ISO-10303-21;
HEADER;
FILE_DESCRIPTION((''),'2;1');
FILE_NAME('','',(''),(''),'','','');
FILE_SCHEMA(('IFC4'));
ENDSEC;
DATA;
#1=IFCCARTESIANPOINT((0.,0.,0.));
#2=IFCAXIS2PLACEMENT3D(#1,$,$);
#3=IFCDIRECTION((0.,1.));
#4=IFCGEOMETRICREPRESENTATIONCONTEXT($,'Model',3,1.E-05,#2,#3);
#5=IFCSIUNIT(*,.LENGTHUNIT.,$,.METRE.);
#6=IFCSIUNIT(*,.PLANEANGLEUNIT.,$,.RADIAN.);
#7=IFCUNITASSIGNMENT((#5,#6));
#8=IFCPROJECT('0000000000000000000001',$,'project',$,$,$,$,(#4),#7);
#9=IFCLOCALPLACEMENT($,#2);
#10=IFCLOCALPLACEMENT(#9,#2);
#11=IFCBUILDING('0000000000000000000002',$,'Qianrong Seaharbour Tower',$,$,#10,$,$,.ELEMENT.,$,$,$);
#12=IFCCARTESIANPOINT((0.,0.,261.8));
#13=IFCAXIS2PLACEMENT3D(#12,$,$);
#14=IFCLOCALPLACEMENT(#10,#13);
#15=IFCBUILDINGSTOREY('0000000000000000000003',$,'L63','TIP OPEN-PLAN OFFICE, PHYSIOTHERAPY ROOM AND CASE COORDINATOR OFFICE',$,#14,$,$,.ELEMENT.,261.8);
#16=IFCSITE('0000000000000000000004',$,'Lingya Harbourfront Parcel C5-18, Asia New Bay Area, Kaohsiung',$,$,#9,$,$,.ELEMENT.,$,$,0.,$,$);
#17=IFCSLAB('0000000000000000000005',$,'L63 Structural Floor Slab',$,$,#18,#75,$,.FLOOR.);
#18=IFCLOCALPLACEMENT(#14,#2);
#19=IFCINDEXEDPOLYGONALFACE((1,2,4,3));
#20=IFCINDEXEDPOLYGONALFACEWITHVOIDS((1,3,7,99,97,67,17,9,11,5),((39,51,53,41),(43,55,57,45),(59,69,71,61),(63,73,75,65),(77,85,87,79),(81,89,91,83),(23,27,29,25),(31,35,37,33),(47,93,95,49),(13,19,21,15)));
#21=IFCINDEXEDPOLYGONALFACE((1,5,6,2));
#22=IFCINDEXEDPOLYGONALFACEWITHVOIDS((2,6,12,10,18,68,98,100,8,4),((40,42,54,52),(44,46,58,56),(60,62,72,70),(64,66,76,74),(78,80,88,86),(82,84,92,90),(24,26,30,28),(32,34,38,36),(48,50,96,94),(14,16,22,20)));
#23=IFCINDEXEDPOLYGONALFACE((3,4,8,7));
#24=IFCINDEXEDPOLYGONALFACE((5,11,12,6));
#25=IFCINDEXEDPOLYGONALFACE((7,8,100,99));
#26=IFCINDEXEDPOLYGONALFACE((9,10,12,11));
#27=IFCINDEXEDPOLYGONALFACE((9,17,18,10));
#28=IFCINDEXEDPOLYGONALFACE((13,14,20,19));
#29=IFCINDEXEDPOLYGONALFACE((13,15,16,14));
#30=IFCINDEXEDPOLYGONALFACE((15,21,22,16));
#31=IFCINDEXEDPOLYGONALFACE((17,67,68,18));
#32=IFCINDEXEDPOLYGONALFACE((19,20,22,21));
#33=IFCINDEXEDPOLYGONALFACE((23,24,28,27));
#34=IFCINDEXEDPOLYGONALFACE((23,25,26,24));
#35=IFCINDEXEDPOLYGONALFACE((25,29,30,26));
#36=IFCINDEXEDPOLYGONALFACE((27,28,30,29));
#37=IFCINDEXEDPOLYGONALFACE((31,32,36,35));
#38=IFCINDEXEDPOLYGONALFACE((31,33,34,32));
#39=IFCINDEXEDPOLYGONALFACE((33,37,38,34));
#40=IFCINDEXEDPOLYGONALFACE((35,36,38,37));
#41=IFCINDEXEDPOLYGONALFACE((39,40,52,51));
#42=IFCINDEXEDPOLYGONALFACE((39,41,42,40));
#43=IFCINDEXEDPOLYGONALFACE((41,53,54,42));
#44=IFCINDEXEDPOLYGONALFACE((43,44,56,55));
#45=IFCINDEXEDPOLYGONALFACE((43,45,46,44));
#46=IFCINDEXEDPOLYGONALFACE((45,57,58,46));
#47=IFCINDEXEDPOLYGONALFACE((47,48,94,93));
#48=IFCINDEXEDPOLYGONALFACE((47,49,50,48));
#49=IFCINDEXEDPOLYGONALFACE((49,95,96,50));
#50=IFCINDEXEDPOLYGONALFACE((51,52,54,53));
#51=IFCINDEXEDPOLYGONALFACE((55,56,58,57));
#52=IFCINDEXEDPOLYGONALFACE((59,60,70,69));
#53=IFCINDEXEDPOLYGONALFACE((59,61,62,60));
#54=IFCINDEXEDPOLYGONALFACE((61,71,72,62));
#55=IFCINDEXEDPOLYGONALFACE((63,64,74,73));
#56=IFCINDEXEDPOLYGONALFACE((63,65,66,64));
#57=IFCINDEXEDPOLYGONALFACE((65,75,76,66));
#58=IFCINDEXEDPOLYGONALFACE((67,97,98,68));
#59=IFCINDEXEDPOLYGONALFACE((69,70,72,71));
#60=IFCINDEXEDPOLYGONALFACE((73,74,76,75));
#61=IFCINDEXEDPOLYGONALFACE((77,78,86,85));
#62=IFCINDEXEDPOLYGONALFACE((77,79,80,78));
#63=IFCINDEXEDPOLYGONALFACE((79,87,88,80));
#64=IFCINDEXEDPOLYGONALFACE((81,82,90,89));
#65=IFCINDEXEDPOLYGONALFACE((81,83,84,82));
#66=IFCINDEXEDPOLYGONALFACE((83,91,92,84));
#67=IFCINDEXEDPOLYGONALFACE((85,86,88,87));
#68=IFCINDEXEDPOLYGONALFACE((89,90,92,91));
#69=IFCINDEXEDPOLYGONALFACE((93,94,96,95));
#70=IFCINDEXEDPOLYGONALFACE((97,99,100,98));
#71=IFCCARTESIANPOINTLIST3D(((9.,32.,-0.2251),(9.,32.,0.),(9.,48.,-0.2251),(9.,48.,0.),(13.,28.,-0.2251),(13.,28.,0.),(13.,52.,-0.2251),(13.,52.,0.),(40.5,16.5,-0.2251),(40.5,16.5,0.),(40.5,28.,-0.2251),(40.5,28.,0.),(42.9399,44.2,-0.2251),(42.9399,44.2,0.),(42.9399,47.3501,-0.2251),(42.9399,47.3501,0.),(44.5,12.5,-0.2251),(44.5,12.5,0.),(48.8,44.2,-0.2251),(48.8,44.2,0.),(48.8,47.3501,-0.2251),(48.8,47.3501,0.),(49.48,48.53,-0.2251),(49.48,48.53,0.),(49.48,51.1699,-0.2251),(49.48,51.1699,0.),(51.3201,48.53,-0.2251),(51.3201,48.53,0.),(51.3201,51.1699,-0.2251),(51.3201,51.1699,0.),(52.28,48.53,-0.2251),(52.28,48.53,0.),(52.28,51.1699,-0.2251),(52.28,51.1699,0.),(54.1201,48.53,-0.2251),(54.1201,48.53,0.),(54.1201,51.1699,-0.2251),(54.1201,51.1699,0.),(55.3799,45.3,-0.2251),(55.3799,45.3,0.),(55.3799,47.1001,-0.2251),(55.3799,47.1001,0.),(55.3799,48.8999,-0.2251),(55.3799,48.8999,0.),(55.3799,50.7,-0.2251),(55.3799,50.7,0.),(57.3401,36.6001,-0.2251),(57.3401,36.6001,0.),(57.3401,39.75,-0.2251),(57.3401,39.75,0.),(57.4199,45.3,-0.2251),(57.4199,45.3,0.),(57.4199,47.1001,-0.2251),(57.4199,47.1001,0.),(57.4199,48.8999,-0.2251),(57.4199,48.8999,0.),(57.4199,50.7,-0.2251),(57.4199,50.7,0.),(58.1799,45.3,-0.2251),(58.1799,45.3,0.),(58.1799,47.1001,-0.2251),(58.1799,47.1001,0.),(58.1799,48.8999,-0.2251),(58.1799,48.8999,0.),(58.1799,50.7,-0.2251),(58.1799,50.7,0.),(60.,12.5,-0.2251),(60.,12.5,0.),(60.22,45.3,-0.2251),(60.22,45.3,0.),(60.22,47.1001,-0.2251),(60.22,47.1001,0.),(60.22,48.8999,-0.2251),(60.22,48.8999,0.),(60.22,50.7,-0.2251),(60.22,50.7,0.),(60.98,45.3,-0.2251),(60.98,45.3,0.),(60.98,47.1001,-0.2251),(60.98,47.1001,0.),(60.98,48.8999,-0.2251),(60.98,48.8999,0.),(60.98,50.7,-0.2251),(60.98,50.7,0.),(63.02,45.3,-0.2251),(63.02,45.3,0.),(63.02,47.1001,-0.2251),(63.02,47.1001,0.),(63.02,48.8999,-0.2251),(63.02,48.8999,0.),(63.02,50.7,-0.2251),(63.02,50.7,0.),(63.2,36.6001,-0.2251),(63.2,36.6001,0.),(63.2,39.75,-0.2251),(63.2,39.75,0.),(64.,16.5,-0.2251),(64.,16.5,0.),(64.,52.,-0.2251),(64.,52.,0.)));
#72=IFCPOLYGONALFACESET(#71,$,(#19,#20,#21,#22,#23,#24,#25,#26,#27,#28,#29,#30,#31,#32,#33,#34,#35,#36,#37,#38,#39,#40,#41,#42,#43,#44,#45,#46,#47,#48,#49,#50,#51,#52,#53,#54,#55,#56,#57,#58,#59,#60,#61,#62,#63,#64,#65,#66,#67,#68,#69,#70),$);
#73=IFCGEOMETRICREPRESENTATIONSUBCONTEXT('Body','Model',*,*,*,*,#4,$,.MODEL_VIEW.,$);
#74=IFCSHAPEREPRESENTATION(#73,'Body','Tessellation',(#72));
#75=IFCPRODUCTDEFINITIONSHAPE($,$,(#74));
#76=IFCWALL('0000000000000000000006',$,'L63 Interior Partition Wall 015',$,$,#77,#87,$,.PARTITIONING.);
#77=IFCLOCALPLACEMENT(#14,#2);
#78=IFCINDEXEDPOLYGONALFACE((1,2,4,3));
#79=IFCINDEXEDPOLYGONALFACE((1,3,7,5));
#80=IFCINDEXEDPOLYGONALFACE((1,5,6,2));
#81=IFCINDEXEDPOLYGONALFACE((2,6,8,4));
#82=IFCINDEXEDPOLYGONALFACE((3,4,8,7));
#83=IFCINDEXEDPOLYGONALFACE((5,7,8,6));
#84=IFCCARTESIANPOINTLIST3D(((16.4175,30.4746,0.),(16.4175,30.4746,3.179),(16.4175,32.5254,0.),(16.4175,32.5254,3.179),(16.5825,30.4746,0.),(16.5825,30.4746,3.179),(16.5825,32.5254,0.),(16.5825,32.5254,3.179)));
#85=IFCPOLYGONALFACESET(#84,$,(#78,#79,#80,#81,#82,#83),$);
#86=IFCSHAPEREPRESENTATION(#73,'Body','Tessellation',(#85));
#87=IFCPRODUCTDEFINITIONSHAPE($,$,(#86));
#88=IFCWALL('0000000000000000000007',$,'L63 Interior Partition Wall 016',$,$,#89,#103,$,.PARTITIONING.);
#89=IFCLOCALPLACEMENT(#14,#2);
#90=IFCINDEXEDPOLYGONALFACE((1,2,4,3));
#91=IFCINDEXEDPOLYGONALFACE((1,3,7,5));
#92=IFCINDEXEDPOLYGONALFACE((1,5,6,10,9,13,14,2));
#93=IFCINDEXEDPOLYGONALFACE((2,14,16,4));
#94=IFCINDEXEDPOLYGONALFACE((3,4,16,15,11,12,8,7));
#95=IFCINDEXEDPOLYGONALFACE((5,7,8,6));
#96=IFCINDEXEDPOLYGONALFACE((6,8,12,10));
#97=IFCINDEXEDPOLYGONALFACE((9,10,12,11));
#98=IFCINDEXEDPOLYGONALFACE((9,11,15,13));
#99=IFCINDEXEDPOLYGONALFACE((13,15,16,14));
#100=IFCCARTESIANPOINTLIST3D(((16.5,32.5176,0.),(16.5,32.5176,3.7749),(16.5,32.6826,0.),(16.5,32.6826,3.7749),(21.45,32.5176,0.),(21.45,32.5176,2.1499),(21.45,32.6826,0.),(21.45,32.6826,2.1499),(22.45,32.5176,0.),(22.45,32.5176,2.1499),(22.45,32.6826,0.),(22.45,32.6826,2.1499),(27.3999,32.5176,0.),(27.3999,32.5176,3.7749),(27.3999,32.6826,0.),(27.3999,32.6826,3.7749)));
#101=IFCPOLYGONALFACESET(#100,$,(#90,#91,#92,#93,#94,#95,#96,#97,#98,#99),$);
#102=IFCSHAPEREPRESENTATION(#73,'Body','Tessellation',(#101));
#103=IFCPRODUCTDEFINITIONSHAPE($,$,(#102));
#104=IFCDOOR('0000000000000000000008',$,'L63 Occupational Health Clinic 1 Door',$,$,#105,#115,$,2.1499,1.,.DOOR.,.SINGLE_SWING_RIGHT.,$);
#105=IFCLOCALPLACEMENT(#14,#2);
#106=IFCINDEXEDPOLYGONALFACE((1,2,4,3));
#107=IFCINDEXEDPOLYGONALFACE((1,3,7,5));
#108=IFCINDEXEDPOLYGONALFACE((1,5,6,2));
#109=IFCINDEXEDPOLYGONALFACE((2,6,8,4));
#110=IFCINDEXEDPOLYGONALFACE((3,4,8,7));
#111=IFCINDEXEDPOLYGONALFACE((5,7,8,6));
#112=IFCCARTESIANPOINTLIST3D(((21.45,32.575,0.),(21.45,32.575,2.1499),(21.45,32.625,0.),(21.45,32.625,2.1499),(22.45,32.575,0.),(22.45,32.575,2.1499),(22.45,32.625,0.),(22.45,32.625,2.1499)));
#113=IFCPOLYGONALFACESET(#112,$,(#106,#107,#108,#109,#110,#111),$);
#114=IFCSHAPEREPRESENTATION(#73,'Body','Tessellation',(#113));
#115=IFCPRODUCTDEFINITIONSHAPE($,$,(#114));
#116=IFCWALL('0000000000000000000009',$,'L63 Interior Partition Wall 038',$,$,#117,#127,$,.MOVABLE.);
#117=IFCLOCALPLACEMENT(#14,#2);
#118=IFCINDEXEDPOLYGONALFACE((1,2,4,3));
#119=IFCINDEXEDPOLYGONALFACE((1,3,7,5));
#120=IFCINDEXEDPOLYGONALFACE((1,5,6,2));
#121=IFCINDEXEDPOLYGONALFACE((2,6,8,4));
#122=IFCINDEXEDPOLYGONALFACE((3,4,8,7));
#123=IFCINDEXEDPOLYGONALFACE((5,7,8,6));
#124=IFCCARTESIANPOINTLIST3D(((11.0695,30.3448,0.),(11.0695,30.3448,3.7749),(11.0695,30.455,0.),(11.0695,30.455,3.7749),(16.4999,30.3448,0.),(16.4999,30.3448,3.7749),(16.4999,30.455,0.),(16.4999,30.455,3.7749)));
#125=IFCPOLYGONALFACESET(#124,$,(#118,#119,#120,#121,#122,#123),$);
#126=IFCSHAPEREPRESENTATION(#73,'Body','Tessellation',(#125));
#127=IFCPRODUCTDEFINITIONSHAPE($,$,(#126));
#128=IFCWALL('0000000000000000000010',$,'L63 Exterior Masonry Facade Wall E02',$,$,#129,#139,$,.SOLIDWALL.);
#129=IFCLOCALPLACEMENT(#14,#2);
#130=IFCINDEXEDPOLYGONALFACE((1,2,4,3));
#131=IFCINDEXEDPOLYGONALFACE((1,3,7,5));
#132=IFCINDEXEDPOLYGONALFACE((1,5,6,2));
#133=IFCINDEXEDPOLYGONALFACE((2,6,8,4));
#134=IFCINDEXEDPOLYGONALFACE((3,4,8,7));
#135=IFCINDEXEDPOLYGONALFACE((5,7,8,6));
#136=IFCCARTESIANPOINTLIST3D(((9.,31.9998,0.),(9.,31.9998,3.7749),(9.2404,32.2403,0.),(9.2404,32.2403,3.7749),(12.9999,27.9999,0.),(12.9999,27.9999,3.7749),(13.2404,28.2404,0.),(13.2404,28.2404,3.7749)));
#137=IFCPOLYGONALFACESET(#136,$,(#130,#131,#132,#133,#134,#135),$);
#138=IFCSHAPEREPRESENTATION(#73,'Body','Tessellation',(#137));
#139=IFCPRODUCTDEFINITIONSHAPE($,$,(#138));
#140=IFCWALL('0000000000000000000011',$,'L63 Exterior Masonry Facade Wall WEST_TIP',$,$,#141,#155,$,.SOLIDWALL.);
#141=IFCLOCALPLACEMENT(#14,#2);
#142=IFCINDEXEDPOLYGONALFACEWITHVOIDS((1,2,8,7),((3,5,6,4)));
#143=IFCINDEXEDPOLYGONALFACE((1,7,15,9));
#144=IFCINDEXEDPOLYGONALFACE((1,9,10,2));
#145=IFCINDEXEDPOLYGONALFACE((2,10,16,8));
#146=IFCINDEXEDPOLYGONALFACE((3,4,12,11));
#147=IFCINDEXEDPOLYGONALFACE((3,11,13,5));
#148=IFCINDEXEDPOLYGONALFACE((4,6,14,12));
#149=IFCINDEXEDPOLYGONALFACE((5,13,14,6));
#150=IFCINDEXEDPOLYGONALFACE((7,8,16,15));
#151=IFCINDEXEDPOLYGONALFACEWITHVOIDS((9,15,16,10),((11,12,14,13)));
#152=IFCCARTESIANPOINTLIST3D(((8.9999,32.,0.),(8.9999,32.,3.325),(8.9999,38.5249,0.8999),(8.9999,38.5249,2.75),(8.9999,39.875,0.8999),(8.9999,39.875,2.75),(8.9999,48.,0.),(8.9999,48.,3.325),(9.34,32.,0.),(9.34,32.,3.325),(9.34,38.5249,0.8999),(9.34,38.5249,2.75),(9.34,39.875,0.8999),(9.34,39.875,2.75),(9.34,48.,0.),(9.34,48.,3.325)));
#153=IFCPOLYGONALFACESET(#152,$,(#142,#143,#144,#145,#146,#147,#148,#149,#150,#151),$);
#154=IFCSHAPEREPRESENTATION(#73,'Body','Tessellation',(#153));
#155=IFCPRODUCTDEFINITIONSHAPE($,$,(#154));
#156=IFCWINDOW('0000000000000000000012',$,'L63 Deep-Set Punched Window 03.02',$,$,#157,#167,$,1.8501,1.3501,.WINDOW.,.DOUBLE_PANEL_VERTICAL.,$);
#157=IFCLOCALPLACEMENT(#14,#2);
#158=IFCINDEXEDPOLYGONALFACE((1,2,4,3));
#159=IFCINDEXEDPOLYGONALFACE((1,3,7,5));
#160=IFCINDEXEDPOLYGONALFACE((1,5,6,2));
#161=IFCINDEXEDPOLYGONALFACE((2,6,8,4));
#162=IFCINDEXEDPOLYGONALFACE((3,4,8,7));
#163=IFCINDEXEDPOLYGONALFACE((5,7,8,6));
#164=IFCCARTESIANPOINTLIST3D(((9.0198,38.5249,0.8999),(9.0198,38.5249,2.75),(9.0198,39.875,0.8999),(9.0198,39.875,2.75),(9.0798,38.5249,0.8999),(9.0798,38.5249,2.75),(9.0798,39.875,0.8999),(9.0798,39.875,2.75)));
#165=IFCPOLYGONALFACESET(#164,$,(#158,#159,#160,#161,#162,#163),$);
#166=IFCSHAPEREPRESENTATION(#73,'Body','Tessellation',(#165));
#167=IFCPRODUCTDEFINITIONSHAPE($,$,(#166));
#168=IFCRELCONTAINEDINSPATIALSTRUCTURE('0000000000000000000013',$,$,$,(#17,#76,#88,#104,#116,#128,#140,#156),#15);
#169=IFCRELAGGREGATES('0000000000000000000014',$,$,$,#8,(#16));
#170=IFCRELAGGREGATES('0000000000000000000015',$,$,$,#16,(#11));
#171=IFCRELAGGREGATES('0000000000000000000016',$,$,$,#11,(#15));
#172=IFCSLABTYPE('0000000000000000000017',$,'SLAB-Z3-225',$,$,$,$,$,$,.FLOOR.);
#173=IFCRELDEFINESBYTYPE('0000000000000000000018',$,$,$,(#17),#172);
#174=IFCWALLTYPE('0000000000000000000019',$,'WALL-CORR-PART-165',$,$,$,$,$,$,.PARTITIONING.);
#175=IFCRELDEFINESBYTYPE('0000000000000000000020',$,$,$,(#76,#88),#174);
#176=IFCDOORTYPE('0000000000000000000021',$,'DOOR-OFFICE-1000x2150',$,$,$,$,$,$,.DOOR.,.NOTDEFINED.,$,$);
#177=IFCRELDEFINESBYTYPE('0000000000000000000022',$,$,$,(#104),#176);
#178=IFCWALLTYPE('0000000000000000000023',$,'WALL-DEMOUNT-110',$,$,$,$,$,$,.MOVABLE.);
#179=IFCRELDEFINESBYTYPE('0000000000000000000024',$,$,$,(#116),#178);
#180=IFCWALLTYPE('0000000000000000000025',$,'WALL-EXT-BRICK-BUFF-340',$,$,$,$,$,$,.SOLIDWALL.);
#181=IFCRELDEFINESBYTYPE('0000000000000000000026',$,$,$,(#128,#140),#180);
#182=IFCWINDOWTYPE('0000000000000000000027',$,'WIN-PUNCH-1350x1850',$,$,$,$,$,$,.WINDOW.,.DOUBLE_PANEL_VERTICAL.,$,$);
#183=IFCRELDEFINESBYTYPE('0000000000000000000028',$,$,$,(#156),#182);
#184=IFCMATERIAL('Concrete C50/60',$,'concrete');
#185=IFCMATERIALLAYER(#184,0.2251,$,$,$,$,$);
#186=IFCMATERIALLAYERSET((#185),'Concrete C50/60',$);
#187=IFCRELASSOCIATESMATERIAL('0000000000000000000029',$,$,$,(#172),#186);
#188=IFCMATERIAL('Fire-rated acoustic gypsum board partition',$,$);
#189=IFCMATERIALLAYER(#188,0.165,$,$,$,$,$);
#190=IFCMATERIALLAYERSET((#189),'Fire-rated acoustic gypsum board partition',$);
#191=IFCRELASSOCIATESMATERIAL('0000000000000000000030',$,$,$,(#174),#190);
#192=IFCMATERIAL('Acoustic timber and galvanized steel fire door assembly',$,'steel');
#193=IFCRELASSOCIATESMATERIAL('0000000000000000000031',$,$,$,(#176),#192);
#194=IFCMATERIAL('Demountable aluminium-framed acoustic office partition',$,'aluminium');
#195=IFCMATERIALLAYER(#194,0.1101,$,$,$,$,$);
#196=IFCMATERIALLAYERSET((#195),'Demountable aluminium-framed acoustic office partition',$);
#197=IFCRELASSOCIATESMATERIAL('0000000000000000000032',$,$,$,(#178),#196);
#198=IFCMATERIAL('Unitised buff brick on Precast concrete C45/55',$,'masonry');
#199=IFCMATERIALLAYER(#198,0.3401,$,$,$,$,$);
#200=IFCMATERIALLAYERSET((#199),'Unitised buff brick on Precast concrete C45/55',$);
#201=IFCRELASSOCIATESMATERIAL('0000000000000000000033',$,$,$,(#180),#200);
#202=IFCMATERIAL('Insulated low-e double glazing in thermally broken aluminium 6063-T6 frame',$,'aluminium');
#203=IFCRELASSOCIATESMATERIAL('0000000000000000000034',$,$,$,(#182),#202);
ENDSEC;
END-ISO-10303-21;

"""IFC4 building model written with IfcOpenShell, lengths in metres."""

from ifc_helpers import new_model, si_unit, direction, frame, frame_2d, origin, place, context, subcontext, project, spatial, polyline, rectangle, outline, extrude, material, layer, layer_set, type_object, element, fill, save


model = new_model("IFC4")

# Units and contexts
model_context = context("Model", 3, precision=1e-05, world=origin(), true_north=direction((0.0, 1.0)))
body_context = subcontext(model_context, "Body", "Model", "MODEL_VIEW")
ifc_project = project(units=[si_unit("LENGTHUNIT", "METRE"), si_unit("PLANEANGLEUNIT", "RADIAN")], contexts=[model_context])

# Site, building, storey
site_placement = place(None, origin())
site = spatial("IfcSite", under=ifc_project, at=site_placement, Name="Lingya Harbourfront Parcel C5-18, Asia New Bay Area, Kaohsiung", CompositionType="ELEMENT", RefElevation=0.0)
building_placement = place(site_placement, origin())
building = spatial("IfcBuilding", under=site, at=building_placement, Name="Qianrong Seaharbour Tower", CompositionType="ELEMENT")
storey_placement = place(building_placement, frame((0.0, 0.0, 261.8)))
storey = spatial("IfcBuildingStorey", under=building, at=storey_placement, Name="L63", Description="TIP OPEN-PLAN OFFICE, PHYSIOTHERAPY ROOM AND CASE COORDINATOR OFFICE", CompositionType="ELEMENT", Elevation=261.8)

# Shared definitions
ifc_material_1 = material(Name="Concrete C50/60", Category="concrete")

# Slab
ifc_layer_1 = layer(ifc_material_1, 0.2251)
ifc_layer_set_1 = layer_set([ifc_layer_1], Name="Concrete C50/60")
slab_type_1 = type_object("IfcSlabType", Name="SLAB-Z3-225", PredefinedType="FLOOR", material=ifc_layer_set_1)
slab_1_placement = place(storey_placement, frame((0.0, 0.0, -0.2251)))
element("IfcSlab", 1, at=slab_1_placement, inside=storey, type_object=slab_type_1, Name="L63 Structural Floor Slab", PredefinedType="FLOOR", context=body_context, shape_type="SweptSolid", body=[
    extrude(outline(polyline([(44.5, 12.5), (60.0, 12.5), (64.0, 16.5), (64.0, 52.0), (13.0, 52.0), (9.0, 48.0), (9.0, 32.0), (13.0, 28.0), (40.5, 28.0), (40.5, 16.5), (44.5, 12.5)]), holes=[polyline([(42.9399, 44.2), (42.9399, 47.3501), (48.8, 47.3501), (48.8, 44.2), (42.9399, 44.2)]), polyline([(57.3401, 36.6001), (57.3401, 39.75), (63.2, 39.75), (63.2, 36.6001), (57.3401, 36.6001)]), polyline([(49.48, 48.53), (49.48, 51.1699), (51.3201, 51.1699), (51.3201, 48.53), (49.48, 48.53)]), polyline([(52.28, 48.53), (52.28, 51.1699), (54.1201, 51.1699), (54.1201, 48.53), (52.28, 48.53)]), polyline([(55.3799, 45.3), (55.3799, 47.1001), (57.4199, 47.1001), (57.4199, 45.3), (55.3799, 45.3)]), polyline([(58.1799, 45.3), (58.1799, 47.1001), (60.22, 47.1001), (60.22, 45.3), (58.1799, 45.3)]), polyline([(60.98, 45.3), (60.98, 47.1001), (63.02, 47.1001), (63.02, 45.3), (60.98, 45.3)]), polyline([(55.3799, 48.8999), (55.3799, 50.7), (57.4199, 50.7), (57.4199, 48.8999), (55.3799, 48.8999)]), polyline([(58.1799, 48.8999), (58.1799, 50.7), (60.22, 50.7), (60.22, 48.8999), (58.1799, 48.8999)]), polyline([(60.98, 48.8999), (60.98, 50.7), (63.02, 50.7), (63.02, 48.8999), (60.98, 48.8999)])]), origin(), (0.0, 0.0, 1.0), 0.2251),
])

# Wall
ifc_material_2 = material(Name="Fire-rated acoustic gypsum board partition")
ifc_layer_2 = layer(ifc_material_2, 0.165)
ifc_layer_set_2 = layer_set([ifc_layer_2], Name="Fire-rated acoustic gypsum board partition")
wall_type_1 = type_object("IfcWallType", Name="WALL-CORR-PART-165", PredefinedType="PARTITIONING", material=ifc_layer_set_2)
wall_1_placement = place(storey_placement, frame((16.5, 30.4746, 0.0), z_axis=(0.0, 0.0, 1.0), x_axis=(0.0, 1.0, 0.0)))
element("IfcWall", 2, at=wall_1_placement, inside=storey, type_object=wall_type_1, Name="L63 Interior Partition Wall 015", PredefinedType="PARTITIONING", context=body_context, shape_type="SweptSolid", body=[
    extrude(rectangle(XDim=2.0508, YDim=0.165, at=frame_2d((1.0254, 0.0))), origin(), (0.0, 0.0, 1.0), 3.179),
])

# Wall, opening, door
wall_2_placement = place(storey_placement, frame((16.5, 32.6001, 0.0), z_axis=(0.0, 0.0, 1.0), x_axis=(1.0, 0.0, 0.0)))
wall_2 = element("IfcWall", 3, at=wall_2_placement, inside=storey, type_object=wall_type_1, Name="L63 Interior Partition Wall 016", PredefinedType="PARTITIONING", context=body_context, shape_type="SweptSolid", body=[
    extrude(rectangle(XDim=10.8999, YDim=0.165, at=frame_2d((5.45, 0.0))), origin(), (0.0, 0.0, 1.0), 3.7749),
])
opening_1_placement = place(wall_2_placement, frame((4.95, 0.0, 0.0)))
opening_1 = element("IfcOpeningElement", 4, at=opening_1_placement, cuts=wall_2, PredefinedType="OPENING", context=body_context, shape_type="SweptSolid", body=[
    extrude(rectangle(XDim=1.0, YDim=2.1499, at=frame_2d((0.5, 1.075))), frame((0.0, 0.0925, 0.0), z_axis=(0.0, -1.0, 0.0), x_axis=(1.0, 0.0, 0.0)), (0.0, 0.0, 1.0), 0.1851),
])
ifc_material_3 = material(Name="Acoustic timber and galvanized steel fire door assembly", Category="steel")
door_type = type_object("IfcDoorType", Name="DOOR-OFFICE-1000x2150", OperationType="NOTDEFINED", PredefinedType="DOOR", material=ifc_material_3)
door_placement = place(opening_1_placement, origin())
door = element("IfcDoor", 5, at=door_placement, inside=storey, type_object=door_type, Name="L63 Occupational Health Clinic 1 Door", OperationType="SINGLE_SWING_RIGHT", OverallHeight=2.1499, OverallWidth=1.0, PredefinedType="DOOR", context=body_context, shape_type="SweptSolid", body=[
    extrude(rectangle(XDim=1.0, YDim=2.1499, at=frame_2d((0.5, 1.075))), frame((0.0, 0.0249, 0.0), z_axis=(0.0, -1.0, 0.0), x_axis=(1.0, 0.0, 0.0)), (0.0, 0.0, 1.0), 0.05),
])
fill(opening_1, door)

# Walls
ifc_material_4 = material(Name="Demountable aluminium-framed acoustic office partition", Category="aluminium")
ifc_layer_3 = layer(ifc_material_4, 0.1101)
ifc_layer_set_3 = layer_set([ifc_layer_3], Name="Demountable aluminium-framed acoustic office partition")
wall_type_2 = type_object("IfcWallType", Name="WALL-DEMOUNT-110", PredefinedType="MOVABLE", material=ifc_layer_set_3)
wall_3_placement = place(storey_placement, frame((16.5, 30.3999, 0.0), z_axis=(0.0, 0.0, 1.0), x_axis=(-1.0, 0.0, 0.0)))
element("IfcWall", 6, at=wall_3_placement, inside=storey, type_object=wall_type_2, Name="L63 Interior Partition Wall 038", PredefinedType="MOVABLE", context=body_context, shape_type="SweptSolid", body=[
    extrude(rectangle(XDim=5.4304, YDim=0.1101, at=frame_2d((2.7153, 0.0))), origin(), (0.0, 0.0, 1.0), 3.7749),
])
ifc_material_5 = material(Name="Unitised buff brick on Precast concrete C45/55", Category="masonry")
ifc_layer_4 = layer(ifc_material_5, 0.3401)
ifc_layer_set_4 = layer_set([ifc_layer_4], Name="Unitised buff brick on Precast concrete C45/55")
wall_type_3 = type_object("IfcWallType", Name="WALL-EXT-BRICK-BUFF-340", PredefinedType="SOLIDWALL", material=ifc_layer_set_4)
wall_4_placement = place(storey_placement, frame((13.1201, 28.1201, 0.0), z_axis=(0.0, 0.0, 1.0), x_axis=(-0.707107, 0.707107, 0.0)))
element("IfcWall", 7, at=wall_4_placement, inside=storey, type_object=wall_type_3, Name="L63 Exterior Masonry Facade Wall E02", PredefinedType="SOLIDWALL", context=body_context, shape_type="SweptSolid", body=[
    extrude(rectangle(XDim=5.6567, YDim=0.3401, at=frame_2d((2.8284, 0.0))), origin(), (0.0, 0.0, 1.0), 3.7749),
])

# Wall, opening, window
wall_5_placement = place(storey_placement, frame((9.1699, 32.0, 0.0), z_axis=(0.0, 0.0, 1.0), x_axis=(0.0, 1.0, 0.0)))
wall_5 = element("IfcWall", 8, at=wall_5_placement, inside=storey, type_object=wall_type_3, Name="L63 Exterior Masonry Facade Wall WEST_TIP", PredefinedType="SOLIDWALL", context=body_context, shape_type="SweptSolid", body=[
    extrude(rectangle(XDim=16.0, YDim=0.3401, at=frame_2d((8.0, 0.0))), origin(), (0.0, 0.0, 1.0), 3.325),
])
opening_2_placement = place(wall_5_placement, frame((6.5249, 0.0, 0.8999)))
opening_2 = element("IfcOpeningElement", 9, at=opening_2_placement, cuts=wall_5, PredefinedType="OPENING", context=body_context, shape_type="SweptSolid", body=[
    extrude(rectangle(XDim=1.3501, YDim=1.8501, at=frame_2d((0.675, 0.925))), frame((0.0, 0.1802, 0.0), z_axis=(0.0, -1.0, 0.0), x_axis=(1.0, 0.0, 0.0)), (0.0, 0.0, 1.0), 0.3601),
])
ifc_material_6 = material(Name="Insulated low-e double glazing in thermally broken aluminium 6063-T6 frame", Category="aluminium")
window_type = type_object("IfcWindowType", Name="WIN-PUNCH-1350x1850", PartitioningType="DOUBLE_PANEL_VERTICAL", PredefinedType="WINDOW", material=ifc_material_6)
window_placement = place(opening_2_placement, origin())
window = element("IfcWindow", 10, at=window_placement, inside=storey, type_object=window_type, Name="L63 Deep-Set Punched Window 03.02", OverallHeight=1.8501, OverallWidth=1.3501, PartitioningType="DOUBLE_PANEL_VERTICAL", PredefinedType="WINDOW", context=body_context, shape_type="SweptSolid", body=[
    extrude(rectangle(XDim=1.3501, YDim=1.8501, at=frame_2d((0.675, 0.925))), frame((0.0, 0.1501, 0.0), z_axis=(0.0, -1.0, 0.0), x_axis=(1.0, 0.0, 0.0)), (0.0, 0.0, 1.0), 0.0601),
])
fill(opening_2, window)

save(model, "model.ifc")
